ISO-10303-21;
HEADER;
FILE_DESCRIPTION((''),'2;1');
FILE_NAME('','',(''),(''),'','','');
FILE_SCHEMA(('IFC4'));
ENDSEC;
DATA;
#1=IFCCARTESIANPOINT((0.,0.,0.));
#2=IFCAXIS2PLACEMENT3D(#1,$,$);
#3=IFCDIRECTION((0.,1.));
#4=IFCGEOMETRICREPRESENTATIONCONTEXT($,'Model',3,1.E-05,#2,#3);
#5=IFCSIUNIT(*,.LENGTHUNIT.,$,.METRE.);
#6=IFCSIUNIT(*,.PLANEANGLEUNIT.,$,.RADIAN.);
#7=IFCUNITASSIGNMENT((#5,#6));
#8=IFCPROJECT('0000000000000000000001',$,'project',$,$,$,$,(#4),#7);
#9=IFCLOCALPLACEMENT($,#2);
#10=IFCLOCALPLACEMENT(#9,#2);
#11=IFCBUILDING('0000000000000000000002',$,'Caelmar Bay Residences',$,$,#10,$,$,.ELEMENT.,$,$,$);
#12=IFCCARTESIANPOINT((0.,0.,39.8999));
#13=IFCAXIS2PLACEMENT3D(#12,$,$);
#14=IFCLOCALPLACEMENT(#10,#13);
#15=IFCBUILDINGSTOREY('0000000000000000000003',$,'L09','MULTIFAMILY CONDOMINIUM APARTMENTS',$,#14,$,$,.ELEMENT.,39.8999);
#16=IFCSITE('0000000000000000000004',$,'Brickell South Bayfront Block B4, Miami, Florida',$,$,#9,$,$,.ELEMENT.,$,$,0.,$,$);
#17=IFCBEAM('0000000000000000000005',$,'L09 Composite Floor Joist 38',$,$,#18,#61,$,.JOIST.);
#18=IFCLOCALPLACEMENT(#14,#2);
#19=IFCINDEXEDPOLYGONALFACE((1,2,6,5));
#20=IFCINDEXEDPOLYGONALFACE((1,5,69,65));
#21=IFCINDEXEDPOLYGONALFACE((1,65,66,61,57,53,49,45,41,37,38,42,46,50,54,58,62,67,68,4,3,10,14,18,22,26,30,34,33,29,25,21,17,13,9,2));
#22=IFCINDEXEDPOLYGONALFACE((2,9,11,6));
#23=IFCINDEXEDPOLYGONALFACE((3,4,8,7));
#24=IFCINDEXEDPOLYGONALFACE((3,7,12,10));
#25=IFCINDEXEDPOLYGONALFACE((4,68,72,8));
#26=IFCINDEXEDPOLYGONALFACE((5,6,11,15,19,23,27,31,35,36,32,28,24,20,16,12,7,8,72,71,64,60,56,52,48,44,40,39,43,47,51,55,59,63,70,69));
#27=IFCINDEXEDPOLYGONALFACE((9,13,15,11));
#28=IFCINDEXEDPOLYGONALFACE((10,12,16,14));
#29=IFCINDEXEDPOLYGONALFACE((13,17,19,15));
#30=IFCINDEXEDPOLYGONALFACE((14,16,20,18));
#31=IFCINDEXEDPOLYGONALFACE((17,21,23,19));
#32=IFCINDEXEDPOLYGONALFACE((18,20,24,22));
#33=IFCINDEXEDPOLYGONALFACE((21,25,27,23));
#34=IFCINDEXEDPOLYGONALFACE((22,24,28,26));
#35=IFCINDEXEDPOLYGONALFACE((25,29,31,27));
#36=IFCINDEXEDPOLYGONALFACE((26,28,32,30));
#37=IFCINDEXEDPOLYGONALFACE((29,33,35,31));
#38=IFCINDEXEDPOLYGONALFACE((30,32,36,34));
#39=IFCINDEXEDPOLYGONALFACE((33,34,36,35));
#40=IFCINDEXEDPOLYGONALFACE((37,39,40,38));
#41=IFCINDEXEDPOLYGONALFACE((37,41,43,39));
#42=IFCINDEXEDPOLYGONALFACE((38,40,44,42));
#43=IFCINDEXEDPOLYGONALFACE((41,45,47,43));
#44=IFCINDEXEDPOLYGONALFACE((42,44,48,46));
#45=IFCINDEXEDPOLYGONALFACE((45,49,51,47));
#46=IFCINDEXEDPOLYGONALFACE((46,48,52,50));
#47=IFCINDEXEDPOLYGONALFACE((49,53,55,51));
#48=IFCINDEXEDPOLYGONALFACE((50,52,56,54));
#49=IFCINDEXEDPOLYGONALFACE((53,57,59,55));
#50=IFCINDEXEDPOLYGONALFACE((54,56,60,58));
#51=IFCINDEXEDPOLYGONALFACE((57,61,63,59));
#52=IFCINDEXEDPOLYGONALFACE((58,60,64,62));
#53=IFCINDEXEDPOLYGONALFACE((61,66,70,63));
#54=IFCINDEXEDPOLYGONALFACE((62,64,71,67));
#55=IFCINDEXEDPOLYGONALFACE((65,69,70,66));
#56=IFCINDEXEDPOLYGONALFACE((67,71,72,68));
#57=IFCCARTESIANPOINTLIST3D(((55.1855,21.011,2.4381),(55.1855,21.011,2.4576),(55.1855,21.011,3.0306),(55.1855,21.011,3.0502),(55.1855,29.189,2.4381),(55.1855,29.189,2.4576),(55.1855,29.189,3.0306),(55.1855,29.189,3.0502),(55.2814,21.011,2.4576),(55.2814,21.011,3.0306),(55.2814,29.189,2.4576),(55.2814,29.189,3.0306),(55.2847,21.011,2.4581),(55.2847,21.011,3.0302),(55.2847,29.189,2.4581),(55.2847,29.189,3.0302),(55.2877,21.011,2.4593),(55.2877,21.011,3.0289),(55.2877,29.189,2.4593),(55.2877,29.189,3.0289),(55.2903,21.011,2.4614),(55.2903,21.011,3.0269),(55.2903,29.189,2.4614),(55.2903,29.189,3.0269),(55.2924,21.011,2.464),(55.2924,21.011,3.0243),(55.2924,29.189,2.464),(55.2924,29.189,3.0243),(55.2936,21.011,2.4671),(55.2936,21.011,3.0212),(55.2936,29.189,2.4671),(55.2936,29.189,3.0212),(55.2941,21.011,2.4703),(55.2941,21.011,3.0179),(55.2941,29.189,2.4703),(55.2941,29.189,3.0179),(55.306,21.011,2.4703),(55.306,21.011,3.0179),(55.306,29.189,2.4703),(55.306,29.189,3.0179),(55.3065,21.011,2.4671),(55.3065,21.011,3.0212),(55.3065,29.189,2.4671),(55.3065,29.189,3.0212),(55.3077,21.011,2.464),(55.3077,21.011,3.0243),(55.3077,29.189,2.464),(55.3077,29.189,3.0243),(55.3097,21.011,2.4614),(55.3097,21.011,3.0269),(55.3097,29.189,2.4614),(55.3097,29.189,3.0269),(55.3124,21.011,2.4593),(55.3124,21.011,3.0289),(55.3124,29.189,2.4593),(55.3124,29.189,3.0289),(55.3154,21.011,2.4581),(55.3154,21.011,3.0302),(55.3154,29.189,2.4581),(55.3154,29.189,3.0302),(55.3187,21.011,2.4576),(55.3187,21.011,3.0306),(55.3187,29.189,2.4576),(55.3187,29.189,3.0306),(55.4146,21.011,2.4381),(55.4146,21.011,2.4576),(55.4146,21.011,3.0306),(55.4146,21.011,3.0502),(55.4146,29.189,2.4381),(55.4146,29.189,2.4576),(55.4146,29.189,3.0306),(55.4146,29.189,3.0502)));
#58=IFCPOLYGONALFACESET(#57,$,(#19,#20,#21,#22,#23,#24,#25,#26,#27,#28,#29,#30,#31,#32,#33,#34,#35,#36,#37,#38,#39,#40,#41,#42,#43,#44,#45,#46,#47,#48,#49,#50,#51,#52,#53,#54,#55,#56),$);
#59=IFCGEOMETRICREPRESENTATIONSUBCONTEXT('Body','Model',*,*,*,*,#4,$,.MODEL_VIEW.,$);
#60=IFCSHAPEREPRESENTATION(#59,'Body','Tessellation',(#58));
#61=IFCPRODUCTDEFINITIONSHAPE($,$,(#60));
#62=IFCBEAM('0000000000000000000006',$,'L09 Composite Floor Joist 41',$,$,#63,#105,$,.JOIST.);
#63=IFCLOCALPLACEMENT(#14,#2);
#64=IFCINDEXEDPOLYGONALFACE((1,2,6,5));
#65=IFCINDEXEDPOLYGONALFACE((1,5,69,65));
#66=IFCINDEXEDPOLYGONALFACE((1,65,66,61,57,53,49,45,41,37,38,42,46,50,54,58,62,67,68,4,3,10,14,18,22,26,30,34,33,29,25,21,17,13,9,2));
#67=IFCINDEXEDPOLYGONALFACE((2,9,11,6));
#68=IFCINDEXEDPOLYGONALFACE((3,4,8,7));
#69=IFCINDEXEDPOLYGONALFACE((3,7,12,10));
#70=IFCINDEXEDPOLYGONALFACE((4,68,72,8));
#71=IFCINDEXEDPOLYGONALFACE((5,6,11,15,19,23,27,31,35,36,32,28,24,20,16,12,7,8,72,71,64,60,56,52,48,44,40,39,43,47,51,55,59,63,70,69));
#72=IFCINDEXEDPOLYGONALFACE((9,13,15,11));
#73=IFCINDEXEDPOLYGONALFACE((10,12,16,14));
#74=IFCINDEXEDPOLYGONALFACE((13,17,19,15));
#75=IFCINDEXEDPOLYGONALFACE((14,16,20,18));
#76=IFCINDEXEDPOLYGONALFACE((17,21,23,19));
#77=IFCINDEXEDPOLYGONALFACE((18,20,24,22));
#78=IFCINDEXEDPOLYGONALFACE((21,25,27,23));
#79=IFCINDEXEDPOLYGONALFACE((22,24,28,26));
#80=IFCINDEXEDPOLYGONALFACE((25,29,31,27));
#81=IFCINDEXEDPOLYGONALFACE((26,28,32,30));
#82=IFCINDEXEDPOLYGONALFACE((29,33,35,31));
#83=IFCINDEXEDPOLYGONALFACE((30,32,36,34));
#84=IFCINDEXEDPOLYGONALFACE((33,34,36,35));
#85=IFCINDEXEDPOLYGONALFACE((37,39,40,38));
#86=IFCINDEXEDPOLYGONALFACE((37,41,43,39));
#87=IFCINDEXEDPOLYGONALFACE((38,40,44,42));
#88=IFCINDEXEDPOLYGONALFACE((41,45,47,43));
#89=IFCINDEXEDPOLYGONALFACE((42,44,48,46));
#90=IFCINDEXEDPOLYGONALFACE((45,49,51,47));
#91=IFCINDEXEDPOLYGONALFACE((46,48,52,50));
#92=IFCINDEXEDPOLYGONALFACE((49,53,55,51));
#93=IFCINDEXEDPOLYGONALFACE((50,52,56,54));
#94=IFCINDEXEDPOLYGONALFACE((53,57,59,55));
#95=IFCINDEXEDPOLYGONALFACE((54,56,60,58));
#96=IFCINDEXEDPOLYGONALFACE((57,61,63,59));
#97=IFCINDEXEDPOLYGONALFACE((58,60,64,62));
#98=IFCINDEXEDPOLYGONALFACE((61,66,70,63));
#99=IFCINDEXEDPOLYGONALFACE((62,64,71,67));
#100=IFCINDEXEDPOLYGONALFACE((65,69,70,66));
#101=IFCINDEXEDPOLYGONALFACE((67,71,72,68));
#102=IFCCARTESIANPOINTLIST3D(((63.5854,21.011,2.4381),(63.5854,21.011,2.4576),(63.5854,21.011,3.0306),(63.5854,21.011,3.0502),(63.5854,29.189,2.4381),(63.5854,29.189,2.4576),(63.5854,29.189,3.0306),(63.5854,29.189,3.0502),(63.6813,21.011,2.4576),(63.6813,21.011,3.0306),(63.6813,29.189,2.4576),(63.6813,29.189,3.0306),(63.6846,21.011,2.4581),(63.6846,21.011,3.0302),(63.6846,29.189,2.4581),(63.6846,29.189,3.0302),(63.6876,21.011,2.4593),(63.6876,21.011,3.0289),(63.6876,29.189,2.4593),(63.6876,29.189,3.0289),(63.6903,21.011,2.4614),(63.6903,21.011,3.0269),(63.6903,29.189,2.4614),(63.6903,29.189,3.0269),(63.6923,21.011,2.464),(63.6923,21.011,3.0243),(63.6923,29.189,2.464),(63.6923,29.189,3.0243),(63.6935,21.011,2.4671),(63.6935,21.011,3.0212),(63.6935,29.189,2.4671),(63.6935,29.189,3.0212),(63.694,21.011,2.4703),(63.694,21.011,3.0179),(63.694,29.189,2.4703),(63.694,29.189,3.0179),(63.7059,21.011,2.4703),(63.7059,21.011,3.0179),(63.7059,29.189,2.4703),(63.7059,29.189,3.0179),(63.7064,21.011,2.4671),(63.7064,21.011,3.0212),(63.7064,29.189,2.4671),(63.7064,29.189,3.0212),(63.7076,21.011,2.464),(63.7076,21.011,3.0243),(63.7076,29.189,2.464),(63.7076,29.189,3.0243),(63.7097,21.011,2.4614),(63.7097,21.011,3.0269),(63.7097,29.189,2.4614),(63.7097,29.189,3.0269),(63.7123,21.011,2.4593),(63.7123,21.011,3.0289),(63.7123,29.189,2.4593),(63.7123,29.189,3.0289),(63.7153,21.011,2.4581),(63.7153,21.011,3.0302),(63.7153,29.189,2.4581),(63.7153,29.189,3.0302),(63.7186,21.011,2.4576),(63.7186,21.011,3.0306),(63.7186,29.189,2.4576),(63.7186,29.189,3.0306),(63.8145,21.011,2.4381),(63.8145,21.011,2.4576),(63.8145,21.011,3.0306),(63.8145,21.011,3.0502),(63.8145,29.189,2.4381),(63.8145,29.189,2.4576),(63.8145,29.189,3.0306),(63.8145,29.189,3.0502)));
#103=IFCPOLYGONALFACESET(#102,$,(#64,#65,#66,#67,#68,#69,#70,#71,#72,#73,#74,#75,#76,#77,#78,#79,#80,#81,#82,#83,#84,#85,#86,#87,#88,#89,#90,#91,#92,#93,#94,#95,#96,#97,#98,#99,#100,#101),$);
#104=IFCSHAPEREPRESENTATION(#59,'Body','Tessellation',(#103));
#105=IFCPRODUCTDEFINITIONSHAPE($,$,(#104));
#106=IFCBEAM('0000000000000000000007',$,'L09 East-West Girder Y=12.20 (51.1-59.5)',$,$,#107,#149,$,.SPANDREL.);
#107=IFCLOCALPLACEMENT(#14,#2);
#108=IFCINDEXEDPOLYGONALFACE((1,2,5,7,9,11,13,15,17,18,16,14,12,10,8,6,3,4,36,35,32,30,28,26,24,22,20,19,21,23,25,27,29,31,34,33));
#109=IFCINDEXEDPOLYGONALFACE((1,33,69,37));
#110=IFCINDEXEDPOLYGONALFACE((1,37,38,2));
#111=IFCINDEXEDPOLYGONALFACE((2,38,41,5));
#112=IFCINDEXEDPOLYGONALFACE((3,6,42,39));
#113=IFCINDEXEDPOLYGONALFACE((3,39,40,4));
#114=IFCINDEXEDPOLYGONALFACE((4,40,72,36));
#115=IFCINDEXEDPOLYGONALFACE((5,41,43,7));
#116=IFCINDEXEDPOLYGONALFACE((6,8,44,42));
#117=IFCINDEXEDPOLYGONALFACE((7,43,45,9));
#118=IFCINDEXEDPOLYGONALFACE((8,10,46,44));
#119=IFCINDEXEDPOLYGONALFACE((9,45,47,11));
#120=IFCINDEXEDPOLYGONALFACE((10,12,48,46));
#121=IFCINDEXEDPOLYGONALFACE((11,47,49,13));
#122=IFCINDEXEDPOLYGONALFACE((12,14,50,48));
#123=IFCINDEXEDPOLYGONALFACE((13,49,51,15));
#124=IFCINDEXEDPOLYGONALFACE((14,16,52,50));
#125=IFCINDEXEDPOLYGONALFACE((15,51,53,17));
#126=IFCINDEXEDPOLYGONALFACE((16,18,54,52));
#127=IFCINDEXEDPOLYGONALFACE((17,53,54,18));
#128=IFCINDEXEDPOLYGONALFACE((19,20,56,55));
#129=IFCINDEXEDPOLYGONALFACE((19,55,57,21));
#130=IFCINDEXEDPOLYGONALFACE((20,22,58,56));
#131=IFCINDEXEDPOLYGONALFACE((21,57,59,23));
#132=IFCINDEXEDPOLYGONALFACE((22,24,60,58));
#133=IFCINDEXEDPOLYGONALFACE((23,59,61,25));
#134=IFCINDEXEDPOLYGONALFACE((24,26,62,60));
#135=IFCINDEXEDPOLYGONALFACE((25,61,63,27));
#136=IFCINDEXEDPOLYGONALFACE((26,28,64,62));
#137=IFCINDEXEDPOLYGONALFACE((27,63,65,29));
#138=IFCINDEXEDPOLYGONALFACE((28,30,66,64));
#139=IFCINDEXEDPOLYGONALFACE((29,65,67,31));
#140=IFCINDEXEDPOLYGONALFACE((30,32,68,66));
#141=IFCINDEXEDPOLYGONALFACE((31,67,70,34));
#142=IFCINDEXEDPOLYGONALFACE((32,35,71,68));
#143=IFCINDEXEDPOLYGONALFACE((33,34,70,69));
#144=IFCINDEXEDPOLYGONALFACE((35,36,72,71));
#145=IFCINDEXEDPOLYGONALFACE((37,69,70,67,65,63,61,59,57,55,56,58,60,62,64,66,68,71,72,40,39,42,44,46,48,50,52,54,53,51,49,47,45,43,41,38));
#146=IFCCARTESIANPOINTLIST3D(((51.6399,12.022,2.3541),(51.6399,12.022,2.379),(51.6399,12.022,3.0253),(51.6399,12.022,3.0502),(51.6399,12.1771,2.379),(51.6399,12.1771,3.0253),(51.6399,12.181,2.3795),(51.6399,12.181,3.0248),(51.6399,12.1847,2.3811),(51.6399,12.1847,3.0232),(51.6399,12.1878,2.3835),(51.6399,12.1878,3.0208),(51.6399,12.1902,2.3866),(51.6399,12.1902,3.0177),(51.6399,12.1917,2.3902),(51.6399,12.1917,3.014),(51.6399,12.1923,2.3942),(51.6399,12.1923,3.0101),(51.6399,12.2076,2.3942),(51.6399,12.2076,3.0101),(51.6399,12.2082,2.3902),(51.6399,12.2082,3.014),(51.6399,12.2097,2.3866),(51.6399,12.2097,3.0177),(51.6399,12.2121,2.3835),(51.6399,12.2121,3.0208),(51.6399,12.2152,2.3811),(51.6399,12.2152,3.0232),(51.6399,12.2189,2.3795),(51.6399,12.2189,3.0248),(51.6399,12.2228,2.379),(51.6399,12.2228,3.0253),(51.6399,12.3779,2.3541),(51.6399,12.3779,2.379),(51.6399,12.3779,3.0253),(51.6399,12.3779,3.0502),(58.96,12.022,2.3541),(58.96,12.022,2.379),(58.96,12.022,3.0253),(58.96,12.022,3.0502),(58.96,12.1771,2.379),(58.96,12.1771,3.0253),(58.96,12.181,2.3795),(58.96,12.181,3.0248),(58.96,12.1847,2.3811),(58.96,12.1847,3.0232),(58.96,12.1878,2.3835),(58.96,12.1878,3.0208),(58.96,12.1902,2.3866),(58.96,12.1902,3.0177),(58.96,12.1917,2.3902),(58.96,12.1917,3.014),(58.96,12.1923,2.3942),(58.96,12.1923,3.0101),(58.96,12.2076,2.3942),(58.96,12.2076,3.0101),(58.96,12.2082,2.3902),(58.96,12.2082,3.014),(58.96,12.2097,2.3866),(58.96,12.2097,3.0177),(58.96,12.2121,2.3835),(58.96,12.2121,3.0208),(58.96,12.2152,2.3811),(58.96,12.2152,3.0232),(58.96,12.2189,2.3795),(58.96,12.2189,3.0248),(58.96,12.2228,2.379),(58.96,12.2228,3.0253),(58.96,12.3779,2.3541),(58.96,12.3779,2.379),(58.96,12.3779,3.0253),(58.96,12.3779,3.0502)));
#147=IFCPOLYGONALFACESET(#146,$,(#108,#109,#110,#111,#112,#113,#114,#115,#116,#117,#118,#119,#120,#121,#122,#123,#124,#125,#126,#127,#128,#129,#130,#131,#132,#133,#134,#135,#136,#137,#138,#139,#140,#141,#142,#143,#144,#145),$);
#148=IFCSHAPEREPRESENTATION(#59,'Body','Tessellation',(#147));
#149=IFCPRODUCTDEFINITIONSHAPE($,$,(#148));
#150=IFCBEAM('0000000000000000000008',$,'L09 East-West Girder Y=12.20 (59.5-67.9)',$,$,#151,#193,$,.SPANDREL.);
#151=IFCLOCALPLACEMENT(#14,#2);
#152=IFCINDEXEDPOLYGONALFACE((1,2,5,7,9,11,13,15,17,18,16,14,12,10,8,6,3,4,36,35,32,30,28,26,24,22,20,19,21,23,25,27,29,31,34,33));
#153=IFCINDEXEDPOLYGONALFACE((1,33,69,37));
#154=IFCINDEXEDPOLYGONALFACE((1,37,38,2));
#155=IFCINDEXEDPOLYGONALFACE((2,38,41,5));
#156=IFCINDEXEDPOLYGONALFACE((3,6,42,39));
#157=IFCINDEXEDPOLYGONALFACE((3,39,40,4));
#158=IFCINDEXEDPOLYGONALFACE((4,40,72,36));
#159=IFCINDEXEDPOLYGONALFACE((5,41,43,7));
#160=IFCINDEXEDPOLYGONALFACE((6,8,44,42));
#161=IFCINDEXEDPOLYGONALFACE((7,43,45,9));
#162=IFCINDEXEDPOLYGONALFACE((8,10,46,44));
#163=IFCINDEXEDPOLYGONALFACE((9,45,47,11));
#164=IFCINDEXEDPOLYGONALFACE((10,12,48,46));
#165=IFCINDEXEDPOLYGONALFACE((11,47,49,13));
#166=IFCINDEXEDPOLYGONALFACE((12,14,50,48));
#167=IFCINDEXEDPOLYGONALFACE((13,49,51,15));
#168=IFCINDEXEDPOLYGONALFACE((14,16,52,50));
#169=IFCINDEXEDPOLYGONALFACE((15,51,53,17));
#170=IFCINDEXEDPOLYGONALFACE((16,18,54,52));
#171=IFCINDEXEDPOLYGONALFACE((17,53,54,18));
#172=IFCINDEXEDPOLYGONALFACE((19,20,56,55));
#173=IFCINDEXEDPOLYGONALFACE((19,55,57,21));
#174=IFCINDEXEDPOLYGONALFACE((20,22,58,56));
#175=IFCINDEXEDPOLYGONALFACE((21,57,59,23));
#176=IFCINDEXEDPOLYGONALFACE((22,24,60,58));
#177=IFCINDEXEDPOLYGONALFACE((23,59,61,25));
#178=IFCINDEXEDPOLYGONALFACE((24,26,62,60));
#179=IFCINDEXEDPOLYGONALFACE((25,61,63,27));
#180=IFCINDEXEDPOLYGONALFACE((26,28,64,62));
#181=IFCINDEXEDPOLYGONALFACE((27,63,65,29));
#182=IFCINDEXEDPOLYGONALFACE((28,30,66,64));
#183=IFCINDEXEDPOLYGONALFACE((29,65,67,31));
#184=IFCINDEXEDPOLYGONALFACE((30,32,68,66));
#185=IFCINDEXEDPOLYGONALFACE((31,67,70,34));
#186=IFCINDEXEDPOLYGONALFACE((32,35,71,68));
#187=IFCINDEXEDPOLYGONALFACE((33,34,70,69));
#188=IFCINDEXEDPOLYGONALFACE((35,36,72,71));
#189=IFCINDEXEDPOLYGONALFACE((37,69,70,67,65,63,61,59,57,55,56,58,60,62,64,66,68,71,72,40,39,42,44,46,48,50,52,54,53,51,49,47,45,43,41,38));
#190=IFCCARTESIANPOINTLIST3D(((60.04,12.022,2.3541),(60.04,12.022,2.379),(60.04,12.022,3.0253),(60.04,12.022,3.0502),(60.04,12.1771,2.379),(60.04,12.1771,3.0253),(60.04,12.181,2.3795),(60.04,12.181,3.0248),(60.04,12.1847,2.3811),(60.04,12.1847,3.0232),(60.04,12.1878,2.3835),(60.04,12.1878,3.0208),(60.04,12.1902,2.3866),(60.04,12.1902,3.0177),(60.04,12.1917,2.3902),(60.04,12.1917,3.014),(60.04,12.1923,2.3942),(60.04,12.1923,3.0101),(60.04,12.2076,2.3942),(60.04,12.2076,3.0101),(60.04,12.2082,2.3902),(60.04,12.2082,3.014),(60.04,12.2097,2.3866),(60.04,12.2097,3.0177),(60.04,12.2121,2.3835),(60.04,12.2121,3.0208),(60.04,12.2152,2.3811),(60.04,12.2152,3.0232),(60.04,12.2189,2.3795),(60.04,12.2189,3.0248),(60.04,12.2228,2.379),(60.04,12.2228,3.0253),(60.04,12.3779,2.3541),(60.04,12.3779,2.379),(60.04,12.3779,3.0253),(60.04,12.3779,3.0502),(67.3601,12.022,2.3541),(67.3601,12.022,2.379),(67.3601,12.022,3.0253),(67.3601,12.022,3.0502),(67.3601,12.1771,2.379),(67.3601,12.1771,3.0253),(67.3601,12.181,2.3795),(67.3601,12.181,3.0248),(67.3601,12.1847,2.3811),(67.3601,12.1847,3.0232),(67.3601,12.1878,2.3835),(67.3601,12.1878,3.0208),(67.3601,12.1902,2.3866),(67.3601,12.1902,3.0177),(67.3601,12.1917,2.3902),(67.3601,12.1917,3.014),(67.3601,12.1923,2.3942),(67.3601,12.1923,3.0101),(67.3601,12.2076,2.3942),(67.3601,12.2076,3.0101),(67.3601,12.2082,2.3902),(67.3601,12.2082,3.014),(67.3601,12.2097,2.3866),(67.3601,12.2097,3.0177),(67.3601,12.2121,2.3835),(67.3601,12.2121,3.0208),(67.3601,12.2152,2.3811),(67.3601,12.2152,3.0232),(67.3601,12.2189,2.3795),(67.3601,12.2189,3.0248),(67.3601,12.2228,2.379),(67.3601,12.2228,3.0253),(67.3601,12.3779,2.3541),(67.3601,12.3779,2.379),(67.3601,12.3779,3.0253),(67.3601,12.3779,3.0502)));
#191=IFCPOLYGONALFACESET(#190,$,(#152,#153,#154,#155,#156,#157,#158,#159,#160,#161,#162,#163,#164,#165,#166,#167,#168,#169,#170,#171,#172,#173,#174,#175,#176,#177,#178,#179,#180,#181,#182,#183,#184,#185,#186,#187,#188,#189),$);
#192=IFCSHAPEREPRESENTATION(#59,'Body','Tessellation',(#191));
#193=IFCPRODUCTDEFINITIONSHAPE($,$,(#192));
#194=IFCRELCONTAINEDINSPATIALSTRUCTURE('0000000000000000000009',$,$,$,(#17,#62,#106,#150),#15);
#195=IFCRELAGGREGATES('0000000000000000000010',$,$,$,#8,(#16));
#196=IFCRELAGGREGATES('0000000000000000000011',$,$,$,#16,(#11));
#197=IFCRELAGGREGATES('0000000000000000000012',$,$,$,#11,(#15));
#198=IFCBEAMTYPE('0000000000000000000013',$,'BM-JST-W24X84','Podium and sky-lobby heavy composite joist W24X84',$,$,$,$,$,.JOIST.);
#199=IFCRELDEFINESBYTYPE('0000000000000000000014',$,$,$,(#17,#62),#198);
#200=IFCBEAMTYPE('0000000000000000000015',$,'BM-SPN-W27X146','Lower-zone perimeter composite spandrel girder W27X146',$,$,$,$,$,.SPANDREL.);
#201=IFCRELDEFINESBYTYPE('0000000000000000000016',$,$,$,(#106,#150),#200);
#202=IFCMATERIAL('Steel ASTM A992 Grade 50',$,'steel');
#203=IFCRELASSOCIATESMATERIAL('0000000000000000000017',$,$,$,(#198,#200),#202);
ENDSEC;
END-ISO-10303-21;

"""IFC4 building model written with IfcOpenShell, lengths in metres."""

from ifc_helpers import new_model, si_unit, direction, frame, origin, origin_2d, place, context, subcontext, project, spatial, i_section, extrude, material, material_profile, profile_set, type_object, element, save


model = new_model("IFC4")

# Units and contexts
model_context = context("Model", 3, precision=1e-05, world=origin(), true_north=direction((0.0, 1.0)))
body_context = subcontext(model_context, "Body", "Model", "MODEL_VIEW")
ifc_project = project(units=[si_unit("LENGTHUNIT", "METRE"), si_unit("PLANEANGLEUNIT", "RADIAN")], contexts=[model_context])

# Site, building, storey
site_placement = place(None, origin())
site = spatial("IfcSite", under=ifc_project, at=site_placement, Name="Brickell South Bayfront Block B4, Miami, Florida", CompositionType="ELEMENT", RefElevation=0.0)
building_placement = place(site_placement, origin())
building = spatial("IfcBuilding", under=site, at=building_placement, Name="Caelmar Bay Residences", CompositionType="ELEMENT")
storey_placement = place(building_placement, frame((0.0, 0.0, 39.8999)))
storey = spatial("IfcBuildingStorey", under=building, at=storey_placement, Name="L09", Description="MULTIFAMILY CONDOMINIUM APARTMENTS", CompositionType="ELEMENT", Elevation=39.8999)

# Beams
ifc_material_1 = material(Name="Steel ASTM A992 Grade 50", Category="steel")
ifc_material_profile_1 = material_profile(ifc_material_1, i_section(OverallWidth=0.229, OverallDepth=0.6121, WebThickness=0.012, FlangeThickness=0.0195, FilletRadius=0.0127, at=origin_2d()), Name="W24X84")
ifc_profile_set_1 = profile_set([ifc_material_profile_1], Name="Steel ASTM A992 Grade 50")
beam_type_1 = type_object("IfcBeamType", Name="BM-JST-W24X84", Description="Podium and sky-lobby heavy composite joist W24X84", PredefinedType="JOIST", material=ifc_profile_set_1)
for number, where, z_axis, x_axis, name in (
    (1, (55.3, 21.011, 2.7441), (0.0, 1.0, 0.0), (-1.0, 0.0, 0.0), "L09 Composite Floor Joist 38"),
    (2, (63.7, 21.011, 2.7441), (0.0, 1.0, 0.0), (-1.0, 0.0, 0.0), "L09 Composite Floor Joist 41"),
):
    element("IfcBeam", number, at=place(storey_placement, frame(where, z_axis=z_axis, x_axis=x_axis)), inside=storey, type_object=beam_type_1, Name=name, PredefinedType="JOIST", context=body_context, shape_type="SweptSolid", body=[
        extrude(i_section(OverallWidth=0.229, OverallDepth=0.6121, WebThickness=0.012, FlangeThickness=0.0195, FilletRadius=0.0127, at=origin_2d()), origin(), (0.0, 0.0, 1.0), 8.178),
    ])
ifc_material_profile_2 = material_profile(ifc_material_1, i_section(OverallWidth=0.356, OverallDepth=0.696, WebThickness=0.0154, FlangeThickness=0.0249, FilletRadius=0.0151, at=origin_2d()), Name="W27X146")
ifc_profile_set_2 = profile_set([ifc_material_profile_2], Name="Steel ASTM A992 Grade 50")
beam_type_2 = type_object("IfcBeamType", Name="BM-SPN-W27X146", Description="Lower-zone perimeter composite spandrel girder W27X146", PredefinedType="SPANDREL", material=ifc_profile_set_2)
for number, where, z_axis, x_axis, name in (
    (3, (51.6399, 12.2, 2.7021), (1.0, 0.0, 0.0), (0.0, 1.0, 0.0), "L09 East-West Girder Y=12.20 (51.1-59.5)"),
    (4, (60.04, 12.2, 2.7021), (1.0, 0.0, 0.0), (0.0, 1.0, 0.0), "L09 East-West Girder Y=12.20 (59.5-67.9)"),
):
    element("IfcBeam", number, at=place(storey_placement, frame(where, z_axis=z_axis, x_axis=x_axis)), inside=storey, type_object=beam_type_2, Name=name, PredefinedType="SPANDREL", context=body_context, shape_type="SweptSolid", body=[
        extrude(i_section(OverallWidth=0.356, OverallDepth=0.696, WebThickness=0.0154, FlangeThickness=0.0249, FilletRadius=0.0151, at=origin_2d()), origin(), (0.0, 0.0, 1.0), 7.3201),
    ])

save(model, "model.ifc")
